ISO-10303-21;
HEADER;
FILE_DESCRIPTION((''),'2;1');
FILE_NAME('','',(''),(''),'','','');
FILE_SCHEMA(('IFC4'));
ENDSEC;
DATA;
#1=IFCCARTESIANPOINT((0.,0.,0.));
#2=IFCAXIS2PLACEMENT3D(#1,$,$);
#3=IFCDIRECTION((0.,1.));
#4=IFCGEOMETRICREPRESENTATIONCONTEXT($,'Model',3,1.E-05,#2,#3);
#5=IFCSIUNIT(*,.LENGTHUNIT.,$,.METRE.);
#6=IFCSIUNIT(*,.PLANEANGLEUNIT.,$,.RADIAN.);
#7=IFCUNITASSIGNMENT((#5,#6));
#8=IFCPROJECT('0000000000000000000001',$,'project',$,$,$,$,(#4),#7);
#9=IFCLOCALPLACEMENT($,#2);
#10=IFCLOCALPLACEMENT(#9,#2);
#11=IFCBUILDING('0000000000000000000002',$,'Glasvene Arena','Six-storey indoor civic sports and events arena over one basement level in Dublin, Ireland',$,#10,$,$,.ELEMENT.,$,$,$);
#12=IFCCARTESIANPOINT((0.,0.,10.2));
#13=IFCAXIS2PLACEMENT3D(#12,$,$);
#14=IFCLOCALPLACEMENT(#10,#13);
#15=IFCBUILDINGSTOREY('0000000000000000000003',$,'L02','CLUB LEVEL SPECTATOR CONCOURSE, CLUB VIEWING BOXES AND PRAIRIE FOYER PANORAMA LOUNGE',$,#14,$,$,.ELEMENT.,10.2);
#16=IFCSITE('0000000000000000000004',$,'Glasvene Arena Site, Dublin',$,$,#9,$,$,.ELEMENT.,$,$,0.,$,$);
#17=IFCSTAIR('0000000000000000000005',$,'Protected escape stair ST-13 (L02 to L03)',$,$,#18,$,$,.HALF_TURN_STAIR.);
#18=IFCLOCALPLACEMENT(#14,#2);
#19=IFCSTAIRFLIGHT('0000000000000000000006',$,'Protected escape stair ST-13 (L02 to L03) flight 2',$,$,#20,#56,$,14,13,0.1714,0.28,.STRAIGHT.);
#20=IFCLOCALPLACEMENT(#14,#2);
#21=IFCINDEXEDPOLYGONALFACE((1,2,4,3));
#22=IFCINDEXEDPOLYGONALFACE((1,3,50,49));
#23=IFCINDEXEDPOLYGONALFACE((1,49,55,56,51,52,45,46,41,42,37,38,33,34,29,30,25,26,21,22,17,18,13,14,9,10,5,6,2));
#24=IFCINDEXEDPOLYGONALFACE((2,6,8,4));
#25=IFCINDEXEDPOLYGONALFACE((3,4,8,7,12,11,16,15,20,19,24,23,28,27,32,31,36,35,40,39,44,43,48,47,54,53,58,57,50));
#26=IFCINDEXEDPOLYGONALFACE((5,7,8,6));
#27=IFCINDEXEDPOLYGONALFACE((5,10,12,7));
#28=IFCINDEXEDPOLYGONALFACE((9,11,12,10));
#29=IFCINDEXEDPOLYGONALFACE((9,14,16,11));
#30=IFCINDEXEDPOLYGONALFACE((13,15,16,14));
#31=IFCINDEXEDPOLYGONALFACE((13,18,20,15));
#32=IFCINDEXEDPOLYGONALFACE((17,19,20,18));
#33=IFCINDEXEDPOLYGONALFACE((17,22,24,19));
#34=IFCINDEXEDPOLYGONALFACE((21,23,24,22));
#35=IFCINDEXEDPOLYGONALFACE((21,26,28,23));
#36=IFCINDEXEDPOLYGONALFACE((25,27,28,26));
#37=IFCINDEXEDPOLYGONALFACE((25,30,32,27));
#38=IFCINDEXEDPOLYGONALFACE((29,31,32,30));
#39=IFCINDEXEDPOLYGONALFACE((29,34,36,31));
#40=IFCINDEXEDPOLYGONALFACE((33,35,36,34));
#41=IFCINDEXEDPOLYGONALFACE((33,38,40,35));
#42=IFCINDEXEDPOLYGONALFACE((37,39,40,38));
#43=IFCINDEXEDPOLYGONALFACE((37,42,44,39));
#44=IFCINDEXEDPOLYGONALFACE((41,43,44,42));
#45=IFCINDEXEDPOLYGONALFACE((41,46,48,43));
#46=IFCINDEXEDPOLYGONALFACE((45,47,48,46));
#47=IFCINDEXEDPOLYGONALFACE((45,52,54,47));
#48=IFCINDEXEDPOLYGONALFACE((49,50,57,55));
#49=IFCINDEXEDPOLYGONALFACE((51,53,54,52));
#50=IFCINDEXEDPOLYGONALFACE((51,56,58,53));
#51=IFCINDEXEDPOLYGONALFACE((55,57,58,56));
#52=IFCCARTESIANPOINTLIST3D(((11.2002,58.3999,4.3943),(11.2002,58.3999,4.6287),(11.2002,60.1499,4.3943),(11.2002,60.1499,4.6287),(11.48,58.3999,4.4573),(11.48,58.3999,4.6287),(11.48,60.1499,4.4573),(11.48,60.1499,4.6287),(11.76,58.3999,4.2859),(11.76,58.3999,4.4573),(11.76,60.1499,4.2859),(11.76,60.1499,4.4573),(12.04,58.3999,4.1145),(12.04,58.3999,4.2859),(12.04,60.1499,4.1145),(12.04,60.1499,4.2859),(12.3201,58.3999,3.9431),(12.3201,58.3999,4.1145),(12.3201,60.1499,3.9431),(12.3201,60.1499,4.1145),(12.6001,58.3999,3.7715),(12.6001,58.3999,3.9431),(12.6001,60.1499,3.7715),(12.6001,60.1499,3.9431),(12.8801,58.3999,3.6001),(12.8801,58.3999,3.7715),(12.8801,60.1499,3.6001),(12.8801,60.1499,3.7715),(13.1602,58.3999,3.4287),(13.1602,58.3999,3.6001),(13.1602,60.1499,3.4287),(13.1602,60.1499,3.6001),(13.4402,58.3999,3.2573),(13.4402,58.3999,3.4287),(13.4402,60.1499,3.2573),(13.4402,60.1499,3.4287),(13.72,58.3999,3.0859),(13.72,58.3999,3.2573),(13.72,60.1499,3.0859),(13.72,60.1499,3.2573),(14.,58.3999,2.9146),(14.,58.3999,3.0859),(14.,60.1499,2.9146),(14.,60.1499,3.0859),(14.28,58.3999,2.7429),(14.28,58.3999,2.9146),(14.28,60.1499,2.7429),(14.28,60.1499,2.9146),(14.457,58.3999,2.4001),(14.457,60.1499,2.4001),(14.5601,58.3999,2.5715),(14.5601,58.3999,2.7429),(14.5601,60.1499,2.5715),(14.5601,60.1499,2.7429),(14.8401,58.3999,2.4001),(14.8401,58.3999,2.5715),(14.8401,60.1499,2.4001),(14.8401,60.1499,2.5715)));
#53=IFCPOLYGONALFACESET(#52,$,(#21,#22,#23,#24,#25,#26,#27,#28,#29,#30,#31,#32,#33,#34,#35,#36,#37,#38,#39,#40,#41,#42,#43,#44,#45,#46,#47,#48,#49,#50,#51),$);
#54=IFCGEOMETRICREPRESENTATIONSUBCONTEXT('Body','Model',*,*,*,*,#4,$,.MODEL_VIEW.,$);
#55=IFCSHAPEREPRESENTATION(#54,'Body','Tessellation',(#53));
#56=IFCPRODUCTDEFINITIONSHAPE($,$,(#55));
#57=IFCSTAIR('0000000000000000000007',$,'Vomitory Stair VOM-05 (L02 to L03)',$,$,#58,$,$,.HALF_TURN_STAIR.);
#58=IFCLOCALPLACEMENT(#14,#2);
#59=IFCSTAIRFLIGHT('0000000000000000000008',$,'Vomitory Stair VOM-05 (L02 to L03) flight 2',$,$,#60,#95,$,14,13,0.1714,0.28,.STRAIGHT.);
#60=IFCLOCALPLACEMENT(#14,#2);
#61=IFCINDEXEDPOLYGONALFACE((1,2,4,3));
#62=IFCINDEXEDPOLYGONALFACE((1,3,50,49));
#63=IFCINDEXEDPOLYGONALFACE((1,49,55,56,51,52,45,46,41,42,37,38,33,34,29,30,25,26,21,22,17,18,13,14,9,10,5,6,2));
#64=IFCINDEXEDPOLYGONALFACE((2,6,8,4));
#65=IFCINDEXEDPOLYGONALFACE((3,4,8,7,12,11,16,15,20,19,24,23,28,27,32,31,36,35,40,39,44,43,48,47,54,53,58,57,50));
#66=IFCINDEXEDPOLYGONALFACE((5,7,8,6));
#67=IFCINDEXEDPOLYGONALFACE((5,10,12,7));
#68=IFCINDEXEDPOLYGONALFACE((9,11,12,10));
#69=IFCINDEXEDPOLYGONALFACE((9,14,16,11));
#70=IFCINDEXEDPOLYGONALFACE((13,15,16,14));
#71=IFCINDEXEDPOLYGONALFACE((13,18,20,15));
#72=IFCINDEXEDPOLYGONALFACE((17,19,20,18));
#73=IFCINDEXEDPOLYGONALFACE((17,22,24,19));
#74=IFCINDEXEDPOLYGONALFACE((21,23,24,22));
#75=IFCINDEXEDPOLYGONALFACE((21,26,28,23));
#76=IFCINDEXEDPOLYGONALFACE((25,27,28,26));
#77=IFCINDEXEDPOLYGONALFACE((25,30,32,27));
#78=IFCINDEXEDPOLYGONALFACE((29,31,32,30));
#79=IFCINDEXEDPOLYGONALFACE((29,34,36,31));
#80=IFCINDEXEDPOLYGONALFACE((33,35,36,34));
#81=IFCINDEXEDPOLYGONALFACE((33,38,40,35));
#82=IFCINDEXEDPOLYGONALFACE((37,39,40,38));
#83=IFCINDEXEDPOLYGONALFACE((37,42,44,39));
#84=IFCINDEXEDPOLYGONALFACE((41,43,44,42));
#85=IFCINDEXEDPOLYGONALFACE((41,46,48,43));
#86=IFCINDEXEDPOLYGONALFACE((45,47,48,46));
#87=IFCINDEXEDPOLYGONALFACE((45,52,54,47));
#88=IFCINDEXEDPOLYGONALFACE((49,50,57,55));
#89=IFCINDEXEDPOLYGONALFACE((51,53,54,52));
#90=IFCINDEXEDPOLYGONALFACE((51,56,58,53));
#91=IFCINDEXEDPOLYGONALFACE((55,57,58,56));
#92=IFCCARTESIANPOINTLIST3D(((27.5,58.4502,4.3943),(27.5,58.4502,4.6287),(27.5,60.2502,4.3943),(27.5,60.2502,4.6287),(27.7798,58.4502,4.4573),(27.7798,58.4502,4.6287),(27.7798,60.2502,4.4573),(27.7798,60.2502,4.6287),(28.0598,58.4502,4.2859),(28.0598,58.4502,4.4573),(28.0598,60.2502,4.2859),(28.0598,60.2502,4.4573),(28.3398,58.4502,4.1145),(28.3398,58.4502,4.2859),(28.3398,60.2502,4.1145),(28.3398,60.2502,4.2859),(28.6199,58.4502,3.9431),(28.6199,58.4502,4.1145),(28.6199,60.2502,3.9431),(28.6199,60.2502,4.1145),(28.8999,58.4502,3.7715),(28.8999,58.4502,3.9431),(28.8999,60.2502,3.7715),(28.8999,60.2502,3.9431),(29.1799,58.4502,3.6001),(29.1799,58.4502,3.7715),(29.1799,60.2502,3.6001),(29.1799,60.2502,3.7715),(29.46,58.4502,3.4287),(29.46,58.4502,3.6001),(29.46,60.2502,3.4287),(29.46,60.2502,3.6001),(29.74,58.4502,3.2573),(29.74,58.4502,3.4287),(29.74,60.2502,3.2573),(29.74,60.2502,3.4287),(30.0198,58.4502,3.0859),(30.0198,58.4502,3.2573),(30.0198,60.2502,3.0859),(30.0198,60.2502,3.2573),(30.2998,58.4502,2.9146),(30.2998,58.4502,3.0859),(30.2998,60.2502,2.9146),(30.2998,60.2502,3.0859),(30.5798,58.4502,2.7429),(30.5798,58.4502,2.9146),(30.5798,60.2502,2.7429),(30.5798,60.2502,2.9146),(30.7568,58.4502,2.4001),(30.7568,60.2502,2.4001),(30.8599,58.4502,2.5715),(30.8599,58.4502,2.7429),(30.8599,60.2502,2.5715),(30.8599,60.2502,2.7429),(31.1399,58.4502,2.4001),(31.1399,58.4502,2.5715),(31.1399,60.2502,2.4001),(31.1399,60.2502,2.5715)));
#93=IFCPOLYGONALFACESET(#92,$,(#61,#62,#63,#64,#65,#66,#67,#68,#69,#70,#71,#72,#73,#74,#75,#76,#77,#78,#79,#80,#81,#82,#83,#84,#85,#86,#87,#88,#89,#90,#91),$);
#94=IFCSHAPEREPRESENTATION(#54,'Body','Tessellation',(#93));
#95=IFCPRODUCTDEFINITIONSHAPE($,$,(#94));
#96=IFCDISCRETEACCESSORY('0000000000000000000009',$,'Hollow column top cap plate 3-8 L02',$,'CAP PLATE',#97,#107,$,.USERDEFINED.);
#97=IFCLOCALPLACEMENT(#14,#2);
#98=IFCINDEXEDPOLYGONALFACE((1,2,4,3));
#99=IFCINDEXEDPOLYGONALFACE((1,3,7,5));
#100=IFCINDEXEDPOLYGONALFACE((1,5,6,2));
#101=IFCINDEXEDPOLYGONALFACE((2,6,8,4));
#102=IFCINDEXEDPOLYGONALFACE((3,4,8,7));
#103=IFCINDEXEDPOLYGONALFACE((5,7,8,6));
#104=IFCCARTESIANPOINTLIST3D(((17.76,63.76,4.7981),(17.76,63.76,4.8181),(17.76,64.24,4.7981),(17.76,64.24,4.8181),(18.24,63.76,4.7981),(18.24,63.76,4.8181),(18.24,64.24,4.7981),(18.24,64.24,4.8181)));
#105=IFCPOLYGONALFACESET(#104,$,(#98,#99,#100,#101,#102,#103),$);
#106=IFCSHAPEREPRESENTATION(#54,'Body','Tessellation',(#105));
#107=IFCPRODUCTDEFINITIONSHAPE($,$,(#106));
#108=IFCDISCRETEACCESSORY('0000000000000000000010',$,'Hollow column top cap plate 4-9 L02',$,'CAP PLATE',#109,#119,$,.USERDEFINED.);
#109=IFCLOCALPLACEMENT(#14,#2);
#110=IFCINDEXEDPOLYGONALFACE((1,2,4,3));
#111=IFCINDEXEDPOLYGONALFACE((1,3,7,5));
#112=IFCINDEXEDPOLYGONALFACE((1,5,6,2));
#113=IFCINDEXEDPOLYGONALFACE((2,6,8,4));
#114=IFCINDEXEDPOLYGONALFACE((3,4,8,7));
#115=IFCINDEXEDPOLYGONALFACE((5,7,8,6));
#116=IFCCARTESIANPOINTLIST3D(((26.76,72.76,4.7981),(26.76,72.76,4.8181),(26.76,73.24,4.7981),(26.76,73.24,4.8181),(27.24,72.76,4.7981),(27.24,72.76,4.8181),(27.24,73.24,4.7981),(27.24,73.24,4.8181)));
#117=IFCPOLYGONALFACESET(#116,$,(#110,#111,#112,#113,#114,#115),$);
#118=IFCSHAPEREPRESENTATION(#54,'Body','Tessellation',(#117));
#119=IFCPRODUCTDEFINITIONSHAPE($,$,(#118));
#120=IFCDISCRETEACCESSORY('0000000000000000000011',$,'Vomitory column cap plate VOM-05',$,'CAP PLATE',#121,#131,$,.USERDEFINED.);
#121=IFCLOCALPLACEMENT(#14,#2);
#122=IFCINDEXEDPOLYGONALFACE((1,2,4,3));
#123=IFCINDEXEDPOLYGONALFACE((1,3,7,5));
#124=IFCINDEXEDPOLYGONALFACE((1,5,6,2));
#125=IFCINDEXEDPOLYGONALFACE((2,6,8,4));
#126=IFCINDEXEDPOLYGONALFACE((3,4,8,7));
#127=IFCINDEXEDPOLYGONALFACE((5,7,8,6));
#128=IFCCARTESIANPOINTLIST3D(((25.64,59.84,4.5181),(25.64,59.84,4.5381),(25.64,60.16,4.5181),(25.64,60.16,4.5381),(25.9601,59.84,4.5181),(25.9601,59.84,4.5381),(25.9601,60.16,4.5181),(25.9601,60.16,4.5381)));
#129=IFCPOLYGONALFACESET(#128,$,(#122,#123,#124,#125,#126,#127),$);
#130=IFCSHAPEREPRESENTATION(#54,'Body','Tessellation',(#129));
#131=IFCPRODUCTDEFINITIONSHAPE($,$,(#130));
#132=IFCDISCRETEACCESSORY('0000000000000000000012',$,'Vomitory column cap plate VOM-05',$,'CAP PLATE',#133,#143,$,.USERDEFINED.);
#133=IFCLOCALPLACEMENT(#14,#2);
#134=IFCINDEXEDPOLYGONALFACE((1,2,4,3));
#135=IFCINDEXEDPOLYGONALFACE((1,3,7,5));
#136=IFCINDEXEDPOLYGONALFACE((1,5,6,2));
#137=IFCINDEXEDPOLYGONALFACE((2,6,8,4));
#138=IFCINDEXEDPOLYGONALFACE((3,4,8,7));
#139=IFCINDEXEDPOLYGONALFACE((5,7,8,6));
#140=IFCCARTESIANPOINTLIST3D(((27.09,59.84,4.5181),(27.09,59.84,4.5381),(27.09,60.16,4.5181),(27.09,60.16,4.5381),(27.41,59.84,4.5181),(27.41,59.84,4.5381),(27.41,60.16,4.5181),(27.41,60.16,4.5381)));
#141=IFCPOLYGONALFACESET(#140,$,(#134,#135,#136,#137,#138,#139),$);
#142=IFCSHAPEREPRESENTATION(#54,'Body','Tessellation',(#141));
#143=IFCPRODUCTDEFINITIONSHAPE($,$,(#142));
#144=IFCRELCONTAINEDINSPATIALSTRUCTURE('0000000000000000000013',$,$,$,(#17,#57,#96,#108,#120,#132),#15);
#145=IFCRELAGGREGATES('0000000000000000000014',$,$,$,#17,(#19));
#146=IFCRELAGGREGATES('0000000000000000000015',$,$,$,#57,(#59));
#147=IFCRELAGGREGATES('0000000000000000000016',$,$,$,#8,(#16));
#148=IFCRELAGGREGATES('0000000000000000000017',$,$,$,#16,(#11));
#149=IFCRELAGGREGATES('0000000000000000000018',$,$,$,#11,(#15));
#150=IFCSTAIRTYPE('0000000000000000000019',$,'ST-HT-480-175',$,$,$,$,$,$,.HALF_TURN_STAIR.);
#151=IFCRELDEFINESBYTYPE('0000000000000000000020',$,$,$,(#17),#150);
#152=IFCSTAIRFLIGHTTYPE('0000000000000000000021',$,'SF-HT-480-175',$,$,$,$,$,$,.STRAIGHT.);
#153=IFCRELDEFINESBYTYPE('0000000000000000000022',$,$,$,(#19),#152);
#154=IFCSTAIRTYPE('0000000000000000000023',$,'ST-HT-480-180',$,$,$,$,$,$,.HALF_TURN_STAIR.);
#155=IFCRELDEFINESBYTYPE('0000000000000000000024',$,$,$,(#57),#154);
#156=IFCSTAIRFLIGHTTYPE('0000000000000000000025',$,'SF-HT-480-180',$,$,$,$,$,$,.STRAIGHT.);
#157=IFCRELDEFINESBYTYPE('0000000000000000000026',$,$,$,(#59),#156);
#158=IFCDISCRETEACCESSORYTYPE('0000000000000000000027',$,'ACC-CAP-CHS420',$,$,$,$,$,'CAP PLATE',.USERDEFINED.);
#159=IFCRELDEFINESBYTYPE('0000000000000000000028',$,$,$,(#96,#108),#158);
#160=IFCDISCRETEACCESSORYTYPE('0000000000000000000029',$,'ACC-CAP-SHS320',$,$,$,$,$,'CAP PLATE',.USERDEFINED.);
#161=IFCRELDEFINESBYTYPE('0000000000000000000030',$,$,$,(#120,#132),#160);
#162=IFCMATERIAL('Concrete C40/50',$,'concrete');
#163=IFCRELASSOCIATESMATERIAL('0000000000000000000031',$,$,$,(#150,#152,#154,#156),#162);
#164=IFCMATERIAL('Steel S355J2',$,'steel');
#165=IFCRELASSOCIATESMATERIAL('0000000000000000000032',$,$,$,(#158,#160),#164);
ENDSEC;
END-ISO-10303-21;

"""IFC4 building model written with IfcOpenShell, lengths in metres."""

from ifc_helpers import new_model, si_unit, direction, frame, origin, origin_2d, place, context, subcontext, project, spatial, polyline, rectangle, outline, extrude, material, type_object, element, aggregate, save


model = new_model("IFC4")

# Units and contexts
model_context = context("Model", 3, precision=1e-05, world=origin(), true_north=direction((0.0, 1.0)))
body_context = subcontext(model_context, "Body", "Model", "MODEL_VIEW")
ifc_project = project(units=[si_unit("LENGTHUNIT", "METRE"), si_unit("PLANEANGLEUNIT", "RADIAN")], contexts=[model_context])

# Site, building, storey
site_placement = place(None, origin())
site = spatial("IfcSite", under=ifc_project, at=site_placement, Name="Glasvene Arena Site, Dublin", CompositionType="ELEMENT", RefElevation=0.0)
building_placement = place(site_placement, origin())
building = spatial("IfcBuilding", under=site, at=building_placement, Name="Glasvene Arena", Description="Six-storey indoor civic sports and events arena over one basement level in Dublin, Ireland", CompositionType="ELEMENT")
storey_placement = place(building_placement, frame((0.0, 0.0, 10.2)))
storey = spatial("IfcBuildingStorey", under=building, at=storey_placement, Name="L02", Description="CLUB LEVEL SPECTATOR CONCOURSE, CLUB VIEWING BOXES AND PRAIRIE FOYER PANORAMA LOUNGE", CompositionType="ELEMENT", Elevation=10.2)

# Shared definitions
ifc_material_1 = material(Name="Steel S355J2", Category="steel")

# Shared definitions
ifc_material_2 = material(Name="Concrete C40/50", Category="concrete")

# Stairs, stair flights
stair_type_1 = type_object("IfcStairType", Name="ST-HT-480-175", PredefinedType="HALF_TURN_STAIR", material=ifc_material_2)
stair_1_placement = place(storey_placement, origin())
stair_1 = element("IfcStair", 1, at=stair_1_placement, inside=storey, type_object=stair_type_1, Name="Protected escape stair ST-13 (L02 to L03)", PredefinedType="HALF_TURN_STAIR")
stair_flight_type_1 = type_object("IfcStairFlightType", Name="SF-HT-480-175", PredefinedType="STRAIGHT", material=ifc_material_2)
stair_flight_1_placement = place(storey_placement, frame((14.8401, 59.2749, 2.4001), z_axis=(0.0, 0.0, 1.0), x_axis=(-1.0, 0.0, 0.0)))
stair_flight_1 = element("IfcStairFlight", 2, at=stair_flight_1_placement, type_object=stair_flight_type_1, Name="Protected escape stair ST-13 (L02 to L03) flight 2", NumberOfRisers=14, NumberOfTreads=13, PredefinedType="STRAIGHT", RiserHeight=0.1714, TreadLength=0.28, context=body_context, shape_type="SweptSolid", body=[
    extrude(outline(polyline([(0.0, 0.0), (0.0, 0.1714), (0.28, 0.1714), (0.28, 0.3428), (0.5601, 0.3428), (0.5601, 0.5144), (0.8401, 0.5144), (0.8401, 0.6858), (1.1201, 0.6858), (1.1201, 0.8572), (1.3999, 0.8572), (1.3999, 1.0286), (1.6799, 1.0286), (1.6799, 1.2), (1.96, 1.2), (1.96, 1.3713), (2.24, 1.3713), (2.24, 1.543), (2.52, 1.543), (2.52, 1.7144), (2.8, 1.7144), (2.8, 1.8857), (3.0801, 1.8857), (3.0801, 2.0571), (3.3601, 2.0571), (3.3601, 2.2285), (3.6399, 2.2285), (3.6399, 2.3999), (3.6399, 1.9941), (0.3831, 0.0), (0.0, 0.0)])), frame((0.0, 0.875, 0.0), z_axis=(0.0, -1.0, 0.0), x_axis=(1.0, 0.0, 0.0)), (0.0, 0.0, 1.0), 1.75),
])
aggregate(stair_1, [stair_flight_1])
stair_type_2 = type_object("IfcStairType", Name="ST-HT-480-180", PredefinedType="HALF_TURN_STAIR", material=ifc_material_2)
stair_2_placement = place(storey_placement, origin())
stair_2 = element("IfcStair", 3, at=stair_2_placement, inside=storey, type_object=stair_type_2, Name="Vomitory Stair VOM-05 (L02 to L03)", PredefinedType="HALF_TURN_STAIR")
stair_flight_type_2 = type_object("IfcStairFlightType", Name="SF-HT-480-180", PredefinedType="STRAIGHT", material=ifc_material_2)
stair_flight_2_placement = place(storey_placement, frame((31.1399, 59.3501, 2.4001), z_axis=(0.0, 0.0, 1.0), x_axis=(-1.0, 0.0, 0.0)))
stair_flight_2 = element("IfcStairFlight", 4, at=stair_flight_2_placement, type_object=stair_flight_type_2, Name="Vomitory Stair VOM-05 (L02 to L03) flight 2", NumberOfRisers=14, NumberOfTreads=13, PredefinedType="STRAIGHT", RiserHeight=0.1714, TreadLength=0.28, context=body_context, shape_type="SweptSolid", body=[
    extrude(outline(polyline([(0.0, 0.0), (0.0, 0.1714), (0.28, 0.1714), (0.28, 0.3428), (0.5601, 0.3428), (0.5601, 0.5144), (0.8401, 0.5144), (0.8401, 0.6858), (1.1201, 0.6858), (1.1201, 0.8572), (1.3999, 0.8572), (1.3999, 1.0286), (1.6799, 1.0286), (1.6799, 1.2), (1.96, 1.2), (1.96, 1.3713), (2.24, 1.3713), (2.24, 1.543), (2.52, 1.543), (2.52, 1.7144), (2.8, 1.7144), (2.8, 1.8857), (3.0801, 1.8857), (3.0801, 2.0571), (3.3601, 2.0571), (3.3601, 2.2285), (3.6399, 2.2285), (3.6399, 2.3999), (3.6399, 1.9941), (0.3831, 0.0), (0.0, 0.0)])), frame((0.0, 0.8999, 0.0), z_axis=(0.0, -1.0, 0.0), x_axis=(1.0, 0.0, 0.0)), (0.0, 0.0, 1.0), 1.8),
])
aggregate(stair_2, [stair_flight_2])

# Discrete accessories
discrete_accessory_type_1 = type_object("IfcDiscreteAccessoryType", Name="ACC-CAP-CHS420", ElementType="CAP PLATE", PredefinedType="USERDEFINED", material=ifc_material_1)
for number, where, z_axis, x_axis, name in (
    (5, (18.0, 64.0, 4.7981), (0.0, 0.0, 1.0), (1.0, 0.0, 0.0), "Hollow column top cap plate 3-8 L02"),
    (6, (27.0, 73.0, 4.7981), (0.0, 0.0, 1.0), (1.0, 0.0, 0.0), "Hollow column top cap plate 4-9 L02"),
):
    element("IfcDiscreteAccessory", number, at=place(storey_placement, frame(where, z_axis=z_axis, x_axis=x_axis)), inside=storey, type_object=discrete_accessory_type_1, Name=name, ObjectType="CAP PLATE", PredefinedType="USERDEFINED", context=body_context, shape_type="SweptSolid", body=[
        extrude(rectangle(XDim=0.48, YDim=0.48, at=origin_2d()), origin(), (0.0, 0.0, 1.0), 0.02),
    ])
discrete_accessory_type_2 = type_object("IfcDiscreteAccessoryType", Name="ACC-CAP-SHS320", ElementType="CAP PLATE", PredefinedType="USERDEFINED", material=ifc_material_1)
for number, where, z_axis, x_axis, name in (
    (7, (25.8, 60.0, 4.5181), (0.0, 0.0, 1.0), (1.0, 0.0, 0.0), "Vomitory column cap plate VOM-05"),
    (8, (27.25, 60.0, 4.5181), (0.0, 0.0, 1.0), (1.0, 0.0, 0.0), "Vomitory column cap plate VOM-05"),
):
    element("IfcDiscreteAccessory", number, at=place(storey_placement, frame(where, z_axis=z_axis, x_axis=x_axis)), inside=storey, type_object=discrete_accessory_type_2, Name=name, ObjectType="CAP PLATE", PredefinedType="USERDEFINED", context=body_context, shape_type="SweptSolid", body=[
        extrude(rectangle(XDim=0.3201, YDim=0.3201, at=origin_2d()), origin(), (0.0, 0.0, 1.0), 0.02),
    ])

save(model, "model.ifc")
